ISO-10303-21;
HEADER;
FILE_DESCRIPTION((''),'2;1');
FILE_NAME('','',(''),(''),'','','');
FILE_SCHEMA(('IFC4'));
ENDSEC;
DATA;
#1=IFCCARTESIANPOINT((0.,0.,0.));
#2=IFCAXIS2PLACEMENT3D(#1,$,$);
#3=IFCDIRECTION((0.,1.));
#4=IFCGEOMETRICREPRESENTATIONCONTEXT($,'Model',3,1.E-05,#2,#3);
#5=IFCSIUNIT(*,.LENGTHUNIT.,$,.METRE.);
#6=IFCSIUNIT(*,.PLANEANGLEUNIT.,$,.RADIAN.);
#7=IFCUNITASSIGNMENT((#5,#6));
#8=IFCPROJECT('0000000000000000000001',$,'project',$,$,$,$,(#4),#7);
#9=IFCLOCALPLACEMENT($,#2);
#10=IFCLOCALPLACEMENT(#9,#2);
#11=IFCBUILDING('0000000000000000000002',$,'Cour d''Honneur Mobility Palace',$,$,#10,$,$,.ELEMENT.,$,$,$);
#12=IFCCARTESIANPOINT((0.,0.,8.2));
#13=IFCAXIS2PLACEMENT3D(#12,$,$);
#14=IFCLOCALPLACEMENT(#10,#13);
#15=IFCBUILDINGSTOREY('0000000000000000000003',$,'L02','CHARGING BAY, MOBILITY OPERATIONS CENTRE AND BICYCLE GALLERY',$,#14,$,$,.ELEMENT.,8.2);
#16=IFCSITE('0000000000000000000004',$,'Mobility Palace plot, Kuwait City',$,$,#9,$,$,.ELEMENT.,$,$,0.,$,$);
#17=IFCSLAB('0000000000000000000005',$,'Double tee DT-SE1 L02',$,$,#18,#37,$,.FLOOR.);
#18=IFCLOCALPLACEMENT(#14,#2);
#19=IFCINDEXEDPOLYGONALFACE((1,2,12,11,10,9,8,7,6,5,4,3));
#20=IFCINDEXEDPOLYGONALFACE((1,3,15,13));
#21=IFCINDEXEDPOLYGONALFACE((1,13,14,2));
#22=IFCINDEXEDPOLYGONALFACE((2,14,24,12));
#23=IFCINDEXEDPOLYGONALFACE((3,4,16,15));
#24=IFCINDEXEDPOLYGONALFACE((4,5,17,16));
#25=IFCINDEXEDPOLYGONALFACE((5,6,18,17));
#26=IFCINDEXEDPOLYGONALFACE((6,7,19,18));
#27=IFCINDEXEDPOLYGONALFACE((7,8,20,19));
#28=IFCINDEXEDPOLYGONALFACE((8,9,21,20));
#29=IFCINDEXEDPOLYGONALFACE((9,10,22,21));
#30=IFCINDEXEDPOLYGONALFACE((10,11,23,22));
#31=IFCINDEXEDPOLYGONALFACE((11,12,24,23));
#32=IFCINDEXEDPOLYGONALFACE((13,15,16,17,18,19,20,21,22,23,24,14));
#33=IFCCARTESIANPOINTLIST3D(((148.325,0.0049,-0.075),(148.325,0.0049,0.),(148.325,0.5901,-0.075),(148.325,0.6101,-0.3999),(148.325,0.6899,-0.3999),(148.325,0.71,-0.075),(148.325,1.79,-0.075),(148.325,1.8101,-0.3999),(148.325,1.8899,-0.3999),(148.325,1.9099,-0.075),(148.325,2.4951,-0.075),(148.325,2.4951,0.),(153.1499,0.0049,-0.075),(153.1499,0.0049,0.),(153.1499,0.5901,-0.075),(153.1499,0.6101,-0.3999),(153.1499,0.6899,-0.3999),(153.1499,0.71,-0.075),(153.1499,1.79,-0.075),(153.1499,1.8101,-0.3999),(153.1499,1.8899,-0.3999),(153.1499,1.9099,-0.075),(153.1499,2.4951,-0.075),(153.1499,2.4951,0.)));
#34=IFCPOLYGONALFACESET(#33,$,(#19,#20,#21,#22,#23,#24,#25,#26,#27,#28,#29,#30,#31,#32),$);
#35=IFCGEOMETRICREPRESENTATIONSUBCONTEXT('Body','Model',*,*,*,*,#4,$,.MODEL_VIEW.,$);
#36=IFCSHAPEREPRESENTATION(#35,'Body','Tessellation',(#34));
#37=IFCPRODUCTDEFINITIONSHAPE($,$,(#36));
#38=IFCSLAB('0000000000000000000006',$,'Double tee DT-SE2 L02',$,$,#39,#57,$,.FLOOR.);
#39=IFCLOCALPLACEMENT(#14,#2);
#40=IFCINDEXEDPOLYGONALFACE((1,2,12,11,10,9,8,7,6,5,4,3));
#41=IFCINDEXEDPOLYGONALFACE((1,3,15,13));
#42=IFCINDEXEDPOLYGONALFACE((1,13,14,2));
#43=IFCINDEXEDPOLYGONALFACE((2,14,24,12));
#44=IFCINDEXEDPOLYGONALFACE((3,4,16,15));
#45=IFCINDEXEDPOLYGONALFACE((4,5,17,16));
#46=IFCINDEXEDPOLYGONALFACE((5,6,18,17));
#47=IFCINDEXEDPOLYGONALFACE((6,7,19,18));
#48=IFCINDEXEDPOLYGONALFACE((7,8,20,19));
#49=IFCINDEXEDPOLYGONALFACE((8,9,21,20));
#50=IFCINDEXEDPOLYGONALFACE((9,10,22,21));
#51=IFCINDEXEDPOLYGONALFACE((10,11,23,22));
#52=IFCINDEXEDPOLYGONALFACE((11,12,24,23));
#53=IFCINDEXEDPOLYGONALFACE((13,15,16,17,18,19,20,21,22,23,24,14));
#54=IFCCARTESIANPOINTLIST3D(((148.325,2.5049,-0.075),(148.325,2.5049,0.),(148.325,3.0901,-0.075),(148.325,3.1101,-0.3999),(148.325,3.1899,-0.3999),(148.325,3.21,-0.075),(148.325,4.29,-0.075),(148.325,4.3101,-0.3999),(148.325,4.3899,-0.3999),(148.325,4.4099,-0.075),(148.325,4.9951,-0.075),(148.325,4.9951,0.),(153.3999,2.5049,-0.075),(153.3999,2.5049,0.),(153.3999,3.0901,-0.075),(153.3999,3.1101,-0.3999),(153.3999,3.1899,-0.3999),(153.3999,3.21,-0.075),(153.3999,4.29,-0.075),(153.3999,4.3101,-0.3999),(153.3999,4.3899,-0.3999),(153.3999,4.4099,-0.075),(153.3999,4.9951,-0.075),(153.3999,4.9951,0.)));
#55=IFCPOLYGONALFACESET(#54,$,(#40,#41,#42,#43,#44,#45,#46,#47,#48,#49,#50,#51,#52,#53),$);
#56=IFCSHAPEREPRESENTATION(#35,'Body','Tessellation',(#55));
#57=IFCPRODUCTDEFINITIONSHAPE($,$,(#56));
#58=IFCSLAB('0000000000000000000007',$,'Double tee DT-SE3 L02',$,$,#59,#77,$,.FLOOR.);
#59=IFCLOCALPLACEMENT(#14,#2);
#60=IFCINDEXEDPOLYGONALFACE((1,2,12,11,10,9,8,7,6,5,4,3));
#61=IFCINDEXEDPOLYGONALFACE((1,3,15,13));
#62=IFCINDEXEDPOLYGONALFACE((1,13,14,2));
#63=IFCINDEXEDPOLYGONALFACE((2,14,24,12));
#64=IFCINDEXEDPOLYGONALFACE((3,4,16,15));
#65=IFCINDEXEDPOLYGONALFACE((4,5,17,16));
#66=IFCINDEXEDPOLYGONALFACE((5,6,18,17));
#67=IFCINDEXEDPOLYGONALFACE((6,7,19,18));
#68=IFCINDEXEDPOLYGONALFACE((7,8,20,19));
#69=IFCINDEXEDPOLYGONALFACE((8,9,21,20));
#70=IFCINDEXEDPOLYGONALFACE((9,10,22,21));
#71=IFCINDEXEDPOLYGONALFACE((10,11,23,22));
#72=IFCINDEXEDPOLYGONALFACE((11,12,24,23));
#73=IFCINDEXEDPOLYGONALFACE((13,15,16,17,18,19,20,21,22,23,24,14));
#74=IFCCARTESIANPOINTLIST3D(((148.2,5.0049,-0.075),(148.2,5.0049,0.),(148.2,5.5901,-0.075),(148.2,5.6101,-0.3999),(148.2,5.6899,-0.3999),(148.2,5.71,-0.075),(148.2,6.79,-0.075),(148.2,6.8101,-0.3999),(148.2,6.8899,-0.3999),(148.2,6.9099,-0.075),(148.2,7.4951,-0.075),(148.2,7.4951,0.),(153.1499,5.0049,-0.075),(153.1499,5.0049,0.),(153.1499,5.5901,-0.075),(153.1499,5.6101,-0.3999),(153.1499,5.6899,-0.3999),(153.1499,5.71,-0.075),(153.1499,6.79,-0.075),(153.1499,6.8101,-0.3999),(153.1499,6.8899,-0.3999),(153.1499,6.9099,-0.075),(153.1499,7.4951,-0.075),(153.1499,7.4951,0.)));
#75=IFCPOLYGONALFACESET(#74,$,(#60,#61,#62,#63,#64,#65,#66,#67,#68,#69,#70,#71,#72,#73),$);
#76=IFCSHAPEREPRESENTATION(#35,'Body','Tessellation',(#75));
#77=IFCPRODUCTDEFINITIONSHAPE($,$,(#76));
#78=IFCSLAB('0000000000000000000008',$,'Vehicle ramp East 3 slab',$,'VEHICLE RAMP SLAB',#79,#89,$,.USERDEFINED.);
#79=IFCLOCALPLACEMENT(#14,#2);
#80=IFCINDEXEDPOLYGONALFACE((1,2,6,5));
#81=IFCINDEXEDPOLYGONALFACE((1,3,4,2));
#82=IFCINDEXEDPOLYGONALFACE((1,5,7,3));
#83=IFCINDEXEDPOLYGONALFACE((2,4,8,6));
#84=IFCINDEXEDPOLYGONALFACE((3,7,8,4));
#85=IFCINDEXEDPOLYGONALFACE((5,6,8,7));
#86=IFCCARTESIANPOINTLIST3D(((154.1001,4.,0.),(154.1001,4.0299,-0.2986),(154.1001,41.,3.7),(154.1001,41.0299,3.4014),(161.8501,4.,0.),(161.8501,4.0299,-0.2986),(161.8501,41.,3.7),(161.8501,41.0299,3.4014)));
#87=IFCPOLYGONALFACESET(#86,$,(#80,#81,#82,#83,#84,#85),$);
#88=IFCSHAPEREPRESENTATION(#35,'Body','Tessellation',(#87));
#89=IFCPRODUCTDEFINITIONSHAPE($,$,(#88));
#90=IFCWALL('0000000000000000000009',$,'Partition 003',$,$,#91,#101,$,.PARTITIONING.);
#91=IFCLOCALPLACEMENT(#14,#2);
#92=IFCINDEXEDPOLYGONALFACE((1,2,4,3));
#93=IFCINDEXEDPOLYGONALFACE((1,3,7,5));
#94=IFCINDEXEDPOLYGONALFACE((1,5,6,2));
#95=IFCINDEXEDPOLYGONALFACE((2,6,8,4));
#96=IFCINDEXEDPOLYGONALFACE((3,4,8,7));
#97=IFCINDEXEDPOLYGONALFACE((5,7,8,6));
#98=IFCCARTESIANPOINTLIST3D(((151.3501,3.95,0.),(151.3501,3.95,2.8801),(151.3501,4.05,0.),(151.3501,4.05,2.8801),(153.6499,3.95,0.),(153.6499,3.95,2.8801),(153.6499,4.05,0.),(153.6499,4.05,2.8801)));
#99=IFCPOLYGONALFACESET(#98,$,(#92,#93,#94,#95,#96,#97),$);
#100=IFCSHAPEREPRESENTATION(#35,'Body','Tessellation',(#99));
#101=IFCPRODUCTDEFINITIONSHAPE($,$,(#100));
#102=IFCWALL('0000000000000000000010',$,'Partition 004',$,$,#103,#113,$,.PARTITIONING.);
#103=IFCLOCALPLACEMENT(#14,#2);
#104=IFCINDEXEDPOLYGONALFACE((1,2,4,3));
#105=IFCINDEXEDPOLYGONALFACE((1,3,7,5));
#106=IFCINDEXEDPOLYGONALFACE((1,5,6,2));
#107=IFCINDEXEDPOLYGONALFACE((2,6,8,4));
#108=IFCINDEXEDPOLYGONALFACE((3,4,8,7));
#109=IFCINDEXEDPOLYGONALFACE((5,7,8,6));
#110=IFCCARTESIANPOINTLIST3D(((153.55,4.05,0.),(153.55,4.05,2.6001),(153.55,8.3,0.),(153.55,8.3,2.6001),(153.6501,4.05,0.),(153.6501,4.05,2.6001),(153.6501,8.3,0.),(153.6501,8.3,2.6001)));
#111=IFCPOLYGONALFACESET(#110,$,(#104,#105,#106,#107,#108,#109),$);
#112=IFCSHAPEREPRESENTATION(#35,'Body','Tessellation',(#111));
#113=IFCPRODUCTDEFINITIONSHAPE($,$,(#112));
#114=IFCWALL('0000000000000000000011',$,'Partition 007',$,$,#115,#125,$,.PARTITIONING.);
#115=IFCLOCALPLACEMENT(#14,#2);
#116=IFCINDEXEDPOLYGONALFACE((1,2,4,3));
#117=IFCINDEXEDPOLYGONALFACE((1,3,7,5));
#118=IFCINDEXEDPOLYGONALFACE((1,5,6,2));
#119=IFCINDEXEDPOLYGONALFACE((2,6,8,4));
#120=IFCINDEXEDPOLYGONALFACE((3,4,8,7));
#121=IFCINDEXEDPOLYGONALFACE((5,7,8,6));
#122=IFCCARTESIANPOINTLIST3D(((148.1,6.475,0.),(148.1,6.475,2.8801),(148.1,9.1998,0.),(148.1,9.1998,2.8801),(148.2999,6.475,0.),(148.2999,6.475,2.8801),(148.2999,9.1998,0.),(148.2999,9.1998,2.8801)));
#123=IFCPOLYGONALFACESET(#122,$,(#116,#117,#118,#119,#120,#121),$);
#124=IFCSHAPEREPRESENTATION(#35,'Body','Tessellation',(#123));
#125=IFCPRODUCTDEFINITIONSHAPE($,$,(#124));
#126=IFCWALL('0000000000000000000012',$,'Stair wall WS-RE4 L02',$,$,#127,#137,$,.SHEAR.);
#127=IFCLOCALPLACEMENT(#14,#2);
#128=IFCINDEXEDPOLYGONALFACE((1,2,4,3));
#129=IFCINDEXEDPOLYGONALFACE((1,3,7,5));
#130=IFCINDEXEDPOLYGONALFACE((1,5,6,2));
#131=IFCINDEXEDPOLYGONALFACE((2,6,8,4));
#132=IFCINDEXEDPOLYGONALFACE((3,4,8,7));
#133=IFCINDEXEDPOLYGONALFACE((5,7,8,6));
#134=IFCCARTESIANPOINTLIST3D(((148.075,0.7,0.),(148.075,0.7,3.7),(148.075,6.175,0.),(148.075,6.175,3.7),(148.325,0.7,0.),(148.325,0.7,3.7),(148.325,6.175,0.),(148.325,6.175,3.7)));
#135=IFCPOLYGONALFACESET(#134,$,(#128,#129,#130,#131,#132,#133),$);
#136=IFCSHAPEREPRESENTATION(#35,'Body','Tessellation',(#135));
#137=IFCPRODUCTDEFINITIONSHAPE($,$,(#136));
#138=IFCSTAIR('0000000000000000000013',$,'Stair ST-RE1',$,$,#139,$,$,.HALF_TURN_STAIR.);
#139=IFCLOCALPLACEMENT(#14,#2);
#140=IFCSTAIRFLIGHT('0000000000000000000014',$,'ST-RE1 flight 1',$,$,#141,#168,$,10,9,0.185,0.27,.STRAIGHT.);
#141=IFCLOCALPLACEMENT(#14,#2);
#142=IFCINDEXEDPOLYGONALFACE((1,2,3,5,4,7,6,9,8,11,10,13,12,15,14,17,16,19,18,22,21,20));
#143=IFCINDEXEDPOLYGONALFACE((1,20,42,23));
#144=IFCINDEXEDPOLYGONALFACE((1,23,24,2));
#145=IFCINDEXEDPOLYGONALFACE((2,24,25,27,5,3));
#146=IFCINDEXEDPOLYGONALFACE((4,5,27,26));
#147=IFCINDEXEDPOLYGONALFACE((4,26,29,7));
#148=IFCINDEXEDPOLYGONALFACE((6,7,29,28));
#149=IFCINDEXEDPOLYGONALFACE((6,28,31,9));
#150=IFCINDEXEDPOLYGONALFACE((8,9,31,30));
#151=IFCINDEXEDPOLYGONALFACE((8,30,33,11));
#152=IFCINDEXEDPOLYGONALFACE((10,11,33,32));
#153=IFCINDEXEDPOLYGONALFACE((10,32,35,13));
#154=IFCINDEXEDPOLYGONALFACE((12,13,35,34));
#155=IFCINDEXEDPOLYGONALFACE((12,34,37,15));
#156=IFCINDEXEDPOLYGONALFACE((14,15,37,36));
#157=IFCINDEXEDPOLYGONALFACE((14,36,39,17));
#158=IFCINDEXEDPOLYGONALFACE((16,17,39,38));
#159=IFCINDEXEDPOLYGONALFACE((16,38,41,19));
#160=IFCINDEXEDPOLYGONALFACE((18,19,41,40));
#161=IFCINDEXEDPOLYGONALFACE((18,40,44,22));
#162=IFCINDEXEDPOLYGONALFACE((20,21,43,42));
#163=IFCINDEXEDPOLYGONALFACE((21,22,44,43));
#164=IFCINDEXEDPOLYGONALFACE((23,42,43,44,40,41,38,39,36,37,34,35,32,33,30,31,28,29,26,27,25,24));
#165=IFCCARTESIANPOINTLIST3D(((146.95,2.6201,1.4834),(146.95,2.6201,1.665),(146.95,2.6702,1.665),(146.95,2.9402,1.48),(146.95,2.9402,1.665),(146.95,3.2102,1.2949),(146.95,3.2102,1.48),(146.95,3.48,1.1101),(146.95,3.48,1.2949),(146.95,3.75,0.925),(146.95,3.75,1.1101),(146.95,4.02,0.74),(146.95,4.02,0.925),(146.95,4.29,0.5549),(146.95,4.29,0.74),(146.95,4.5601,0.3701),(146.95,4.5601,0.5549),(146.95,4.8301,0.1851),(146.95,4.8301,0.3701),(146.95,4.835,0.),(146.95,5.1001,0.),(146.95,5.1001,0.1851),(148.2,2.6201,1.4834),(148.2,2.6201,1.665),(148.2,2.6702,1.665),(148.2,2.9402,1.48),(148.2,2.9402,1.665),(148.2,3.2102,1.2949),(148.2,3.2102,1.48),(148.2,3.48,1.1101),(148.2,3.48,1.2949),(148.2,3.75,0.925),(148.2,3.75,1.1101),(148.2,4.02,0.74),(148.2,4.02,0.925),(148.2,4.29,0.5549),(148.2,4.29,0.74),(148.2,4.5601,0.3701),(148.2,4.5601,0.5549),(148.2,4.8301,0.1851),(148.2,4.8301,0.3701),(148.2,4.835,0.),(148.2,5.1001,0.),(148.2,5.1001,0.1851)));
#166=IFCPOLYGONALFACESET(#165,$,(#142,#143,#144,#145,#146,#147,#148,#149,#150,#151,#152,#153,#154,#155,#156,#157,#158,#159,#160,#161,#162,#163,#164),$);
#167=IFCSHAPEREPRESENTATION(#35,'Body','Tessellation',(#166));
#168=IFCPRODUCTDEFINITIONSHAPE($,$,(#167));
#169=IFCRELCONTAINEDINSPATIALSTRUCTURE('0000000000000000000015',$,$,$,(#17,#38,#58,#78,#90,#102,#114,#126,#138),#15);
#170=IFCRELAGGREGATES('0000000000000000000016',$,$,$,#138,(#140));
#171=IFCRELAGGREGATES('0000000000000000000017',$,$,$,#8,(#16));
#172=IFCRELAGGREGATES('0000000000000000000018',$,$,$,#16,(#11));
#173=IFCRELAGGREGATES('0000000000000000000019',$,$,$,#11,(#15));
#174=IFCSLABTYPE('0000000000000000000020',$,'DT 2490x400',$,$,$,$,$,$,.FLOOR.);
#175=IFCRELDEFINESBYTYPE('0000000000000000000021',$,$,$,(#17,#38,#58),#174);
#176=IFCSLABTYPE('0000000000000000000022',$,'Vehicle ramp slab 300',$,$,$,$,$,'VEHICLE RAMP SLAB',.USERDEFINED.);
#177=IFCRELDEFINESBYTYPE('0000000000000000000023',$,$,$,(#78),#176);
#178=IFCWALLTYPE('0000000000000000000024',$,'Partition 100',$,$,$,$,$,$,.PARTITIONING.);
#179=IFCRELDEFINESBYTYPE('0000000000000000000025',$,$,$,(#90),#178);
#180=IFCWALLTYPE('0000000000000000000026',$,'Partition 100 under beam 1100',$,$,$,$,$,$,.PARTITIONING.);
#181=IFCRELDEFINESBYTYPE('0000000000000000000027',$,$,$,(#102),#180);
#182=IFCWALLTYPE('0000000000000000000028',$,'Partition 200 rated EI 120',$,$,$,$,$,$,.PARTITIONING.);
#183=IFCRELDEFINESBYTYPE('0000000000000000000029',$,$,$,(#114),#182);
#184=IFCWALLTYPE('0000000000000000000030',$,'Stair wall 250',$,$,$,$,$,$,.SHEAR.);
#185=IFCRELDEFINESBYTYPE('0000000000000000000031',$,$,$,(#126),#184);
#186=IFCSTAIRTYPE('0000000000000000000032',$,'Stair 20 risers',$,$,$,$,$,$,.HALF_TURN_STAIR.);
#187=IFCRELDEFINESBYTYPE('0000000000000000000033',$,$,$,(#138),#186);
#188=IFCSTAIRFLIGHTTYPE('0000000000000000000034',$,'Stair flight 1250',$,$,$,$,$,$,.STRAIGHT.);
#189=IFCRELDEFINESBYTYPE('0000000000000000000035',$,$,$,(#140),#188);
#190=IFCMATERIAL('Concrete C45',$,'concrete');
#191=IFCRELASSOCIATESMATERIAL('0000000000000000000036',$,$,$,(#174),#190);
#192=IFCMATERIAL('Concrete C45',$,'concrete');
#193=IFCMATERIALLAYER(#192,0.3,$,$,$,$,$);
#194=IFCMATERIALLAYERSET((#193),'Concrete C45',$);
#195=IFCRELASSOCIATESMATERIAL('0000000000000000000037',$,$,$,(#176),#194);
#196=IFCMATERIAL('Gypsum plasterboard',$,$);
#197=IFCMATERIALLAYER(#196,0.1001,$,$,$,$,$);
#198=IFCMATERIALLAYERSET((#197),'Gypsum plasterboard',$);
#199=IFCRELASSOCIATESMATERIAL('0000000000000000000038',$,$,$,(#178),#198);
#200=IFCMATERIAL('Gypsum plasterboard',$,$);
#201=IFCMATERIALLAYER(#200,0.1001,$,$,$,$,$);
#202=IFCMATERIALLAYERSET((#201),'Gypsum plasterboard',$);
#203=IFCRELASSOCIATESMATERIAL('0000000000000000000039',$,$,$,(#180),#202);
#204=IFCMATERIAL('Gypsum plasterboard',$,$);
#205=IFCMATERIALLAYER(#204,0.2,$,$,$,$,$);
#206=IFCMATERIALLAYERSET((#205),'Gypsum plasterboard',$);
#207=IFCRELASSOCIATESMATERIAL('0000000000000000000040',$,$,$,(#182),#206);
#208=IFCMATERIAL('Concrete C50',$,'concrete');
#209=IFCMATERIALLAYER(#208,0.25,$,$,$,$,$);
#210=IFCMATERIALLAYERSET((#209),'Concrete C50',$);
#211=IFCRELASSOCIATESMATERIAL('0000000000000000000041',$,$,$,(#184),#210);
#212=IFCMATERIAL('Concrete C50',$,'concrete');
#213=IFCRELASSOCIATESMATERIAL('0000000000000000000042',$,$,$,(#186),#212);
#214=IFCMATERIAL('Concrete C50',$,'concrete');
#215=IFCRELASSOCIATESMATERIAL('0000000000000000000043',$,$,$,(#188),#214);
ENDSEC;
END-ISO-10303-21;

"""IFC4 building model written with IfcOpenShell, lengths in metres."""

from ifc_helpers import new_model, si_unit, direction, frame, frame_2d, origin, place, context, subcontext, project, spatial, polyline, rectangle, outline, extrude, material, layer, layer_set, material_profile, profile_set, type_object, element, aggregate, save


model = new_model("IFC4")

# Units and contexts
model_context = context("Model", 3, precision=1e-05, world=origin(), true_north=direction((0.0, 1.0)))
body_context = subcontext(model_context, "Body", "Model", "MODEL_VIEW")
ifc_project = project(units=[si_unit("LENGTHUNIT", "METRE"), si_unit("PLANEANGLEUNIT", "RADIAN")], contexts=[model_context])

# Site, building, storey
site_placement = place(None, origin())
site = spatial("IfcSite", under=ifc_project, at=site_placement, Name="Mobility Palace plot, Kuwait City", CompositionType="ELEMENT", RefElevation=0.0)
building_placement = place(site_placement, origin())
building = spatial("IfcBuilding", under=site, at=building_placement, Name="Cour d'Honneur Mobility Palace", CompositionType="ELEMENT")
storey_placement = place(building_placement, frame((0.0, 0.0, 8.2)))
storey = spatial("IfcBuildingStorey", under=building, at=storey_placement, Name="L02", Description="CHARGING BAY, MOBILITY OPERATIONS CENTRE AND BICYCLE GALLERY", CompositionType="ELEMENT", Elevation=8.2)

# Slabs
ifc_material_1 = material(Name="Concrete C45", Category="concrete")
ifc_material_profile_1 = material_profile(ifc_material_1, outline(polyline([(-1.2451, 0.0), (1.2451, 0.0), (1.2451, -0.075), (0.6599, -0.075), (0.6399, -0.3999), (0.5601, -0.3999), (0.54, -0.075), (-0.54, -0.075), (-0.5601, -0.3999), (-0.6399, -0.3999), (-0.6599, -0.075), (-1.2451, -0.075), (-1.2451, 0.0)])), Name="DT 2490x400")
ifc_profile_set_1 = profile_set([ifc_material_profile_1], Name="Concrete C45")
slab_type_1 = type_object("IfcSlabType", Name="DT 2490x400", PredefinedType="FLOOR", material=ifc_profile_set_1)
slab_1_placement = place(storey_placement, frame((148.325, 1.25, 0.0), z_axis=(1.0, 0.0, 0.0), x_axis=(0.0, 1.0, 0.0)))
element("IfcSlab", 1, at=slab_1_placement, inside=storey, type_object=slab_type_1, Name="Double tee DT-SE1 L02", PredefinedType="FLOOR", context=body_context, shape_type="SweptSolid", body=[
    extrude(outline(polyline([(-1.2451, 0.0), (1.2451, 0.0), (1.2451, -0.075), (0.6599, -0.075), (0.6399, -0.3999), (0.5601, -0.3999), (0.54, -0.075), (-0.54, -0.075), (-0.5601, -0.3999), (-0.6399, -0.3999), (-0.6599, -0.075), (-1.2451, -0.075), (-1.2451, 0.0)])), origin(), (0.0, 0.0, 1.0), 4.825),
])
slab_2_placement = place(storey_placement, frame((148.325, 3.75, 0.0), z_axis=(1.0, 0.0, 0.0), x_axis=(0.0, 1.0, 0.0)))
element("IfcSlab", 2, at=slab_2_placement, inside=storey, type_object=slab_type_1, Name="Double tee DT-SE2 L02", PredefinedType="FLOOR", context=body_context, shape_type="SweptSolid", body=[
    extrude(outline(polyline([(-1.2451, 0.0), (1.2451, 0.0), (1.2451, -0.075), (0.6599, -0.075), (0.6399, -0.3999), (0.5601, -0.3999), (0.54, -0.075), (-0.54, -0.075), (-0.5601, -0.3999), (-0.6399, -0.3999), (-0.6599, -0.075), (-1.2451, -0.075), (-1.2451, 0.0)])), origin(), (0.0, 0.0, 1.0), 5.075),
])
slab_3_placement = place(storey_placement, frame((148.2, 6.25, 0.0), z_axis=(1.0, 0.0, 0.0), x_axis=(0.0, 1.0, 0.0)))
element("IfcSlab", 3, at=slab_3_placement, inside=storey, type_object=slab_type_1, Name="Double tee DT-SE3 L02", PredefinedType="FLOOR", context=body_context, shape_type="SweptSolid", body=[
    extrude(outline(polyline([(-1.2451, 0.0), (1.2451, 0.0), (1.2451, -0.075), (0.6599, -0.075), (0.6399, -0.3999), (0.5601, -0.3999), (0.54, -0.075), (-0.54, -0.075), (-0.5601, -0.3999), (-0.6399, -0.3999), (-0.6599, -0.075), (-1.2451, -0.075), (-1.2451, 0.0)])), origin(), (0.0, 0.0, 1.0), 4.95),
])
ifc_material_2 = material(Name="Concrete C45", Category="concrete")
ifc_layer_1 = layer(ifc_material_2, 0.3)
ifc_layer_set_1 = layer_set([ifc_layer_1], Name="Concrete C45")
slab_type_2 = type_object("IfcSlabType", Name="Vehicle ramp slab 300", ElementType="VEHICLE RAMP SLAB", PredefinedType="USERDEFINED", material=ifc_layer_set_1)
slab_4_placement = place(storey_placement, frame((154.1001, 4.0, 0.0), z_axis=(0.0, -0.099502, 0.995037), x_axis=(1.0, 0.0, 0.0)))
element("IfcSlab", 4, at=slab_4_placement, inside=storey, type_object=slab_type_2, Name="Vehicle ramp East 3 slab", ObjectType="VEHICLE RAMP SLAB", PredefinedType="USERDEFINED", context=body_context, shape_type="SweptSolid", body=[
    extrude(outline(polyline([(0.0, 0.0), (7.75, 0.0), (7.75, 37.1845), (0.0, 37.1845), (0.0, 0.0)])), origin(), (0.0, 0.0, -1.0), 0.3),
])

# Walls
ifc_material_3 = material(Name="Gypsum plasterboard")
ifc_layer_2 = layer(ifc_material_3, 0.1001)
ifc_layer_set_2 = layer_set([ifc_layer_2], Name="Gypsum plasterboard")
wall_type_1 = type_object("IfcWallType", Name="Partition 100", PredefinedType="PARTITIONING", material=ifc_layer_set_2)
wall_1_placement = place(storey_placement, frame((151.3501, 4.0, 0.0), z_axis=(0.0, 0.0, 1.0), x_axis=(1.0, 0.0, 0.0)))
element("IfcWall", 5, at=wall_1_placement, inside=storey, type_object=wall_type_1, Name="Partition 003", PredefinedType="PARTITIONING", context=body_context, shape_type="SweptSolid", body=[
    extrude(rectangle(XDim=2.2998, YDim=0.1001, at=frame_2d((1.1499, 0.0))), origin(), (0.0, 0.0, 1.0), 2.8801),
])
ifc_material_4 = material(Name="Gypsum plasterboard")
ifc_layer_3 = layer(ifc_material_4, 0.1001)
ifc_layer_set_3 = layer_set([ifc_layer_3], Name="Gypsum plasterboard")
wall_type_2 = type_object("IfcWallType", Name="Partition 100 under beam 1100", PredefinedType="PARTITIONING", material=ifc_layer_set_3)
wall_2_placement = place(storey_placement, frame((153.6001, 4.05, 0.0), z_axis=(0.0, 0.0, 1.0), x_axis=(0.0, 1.0, 0.0)))
element("IfcWall", 6, at=wall_2_placement, inside=storey, type_object=wall_type_2, Name="Partition 004", PredefinedType="PARTITIONING", context=body_context, shape_type="SweptSolid", body=[
    extrude(rectangle(XDim=4.25, YDim=0.1001, at=frame_2d((2.125, 0.0))), origin(), (0.0, 0.0, 1.0), 2.6001),
])
ifc_material_5 = material(Name="Gypsum plasterboard")
ifc_layer_4 = layer(ifc_material_5, 0.2)
ifc_layer_set_4 = layer_set([ifc_layer_4], Name="Gypsum plasterboard")
wall_type_3 = type_object("IfcWallType", Name="Partition 200 rated EI 120", PredefinedType="PARTITIONING", material=ifc_layer_set_4)
wall_3_placement = place(storey_placement, frame((148.2, 6.4751, 0.0), z_axis=(0.0, 0.0, 1.0), x_axis=(0.0, 1.0, 0.0)))
element("IfcWall", 7, at=wall_3_placement, inside=storey, type_object=wall_type_3, Name="Partition 007", PredefinedType="PARTITIONING", context=body_context, shape_type="SweptSolid", body=[
    extrude(rectangle(XDim=2.7249, YDim=0.2, at=frame_2d((1.3623, 0.0))), origin(), (0.0, 0.0, 1.0), 2.8801),
])
ifc_material_6 = material(Name="Concrete C50", Category="concrete")
ifc_layer_5 = layer(ifc_material_6, 0.25)
ifc_layer_set_5 = layer_set([ifc_layer_5], Name="Concrete C50")
wall_type_4 = type_object("IfcWallType", Name="Stair wall 250", PredefinedType="SHEAR", material=ifc_layer_set_5)
wall_4_placement = place(storey_placement, frame((148.2, 0.7, 0.0), z_axis=(0.0, 0.0, 1.0), x_axis=(0.0, 1.0, 0.0)))
element("IfcWall", 8, at=wall_4_placement, inside=storey, type_object=wall_type_4, Name="Stair wall WS-RE4 L02", PredefinedType="SHEAR", context=body_context, shape_type="SweptSolid", body=[
    extrude(rectangle(XDim=5.4751, YDim=0.25, at=frame_2d((2.7375, 0.0))), origin(), (0.0, 0.0, 1.0), 3.7),
])

# Stair, stair flight
ifc_material_7 = material(Name="Concrete C50", Category="concrete")
stair_type = type_object("IfcStairType", Name="Stair 20 risers", PredefinedType="HALF_TURN_STAIR", material=ifc_material_7)
stair_placement = place(storey_placement, origin())
stair = element("IfcStair", 9, at=stair_placement, inside=storey, type_object=stair_type, Name="Stair ST-RE1", PredefinedType="HALF_TURN_STAIR")
ifc_material_8 = material(Name="Concrete C50", Category="concrete")
stair_flight_type = type_object("IfcStairFlightType", Name="Stair flight 1250", PredefinedType="STRAIGHT", material=ifc_material_8)
stair_flight_1_placement = place(storey_placement, frame((147.575, 5.1001, 0.0), z_axis=(0.0, 0.0, 1.0), x_axis=(0.0, -1.0, 0.0)))
stair_flight_1 = element("IfcStairFlight", 10, at=stair_flight_1_placement, type_object=stair_flight_type, Name="ST-RE1 flight 1", NumberOfRisers=10, NumberOfTreads=9, PredefinedType="STRAIGHT", RiserHeight=0.185, TreadLength=0.27, context=body_context, shape_type="SweptSolid", body=[
    extrude(outline(polyline([(0.0, 0.0), (0.0, 0.1851), (0.27, 0.1851), (0.27, 0.3701), (0.54, 0.3701), (0.54, 0.5549), (0.8101, 0.5549), (0.8101, 0.74), (1.0801, 0.74), (1.0801, 0.925), (1.3501, 0.925), (1.3501, 1.1101), (1.6201, 1.1101), (1.6201, 1.2949), (1.8899, 1.2949), (1.8899, 1.48), (2.1599, 1.48), (2.1599, 1.665), (2.4299, 1.665), (2.48, 1.665), (2.48, 1.4834), (0.2651, 0.0), (0.0, 0.0)])), frame((0.0, 0.625, 0.0), z_axis=(0.0, -1.0, 0.0), x_axis=(1.0, 0.0, 0.0)), (0.0, 0.0, 1.0), 1.25),
])
aggregate(stair, [stair_flight_1])

save(model, "model.ifc")
